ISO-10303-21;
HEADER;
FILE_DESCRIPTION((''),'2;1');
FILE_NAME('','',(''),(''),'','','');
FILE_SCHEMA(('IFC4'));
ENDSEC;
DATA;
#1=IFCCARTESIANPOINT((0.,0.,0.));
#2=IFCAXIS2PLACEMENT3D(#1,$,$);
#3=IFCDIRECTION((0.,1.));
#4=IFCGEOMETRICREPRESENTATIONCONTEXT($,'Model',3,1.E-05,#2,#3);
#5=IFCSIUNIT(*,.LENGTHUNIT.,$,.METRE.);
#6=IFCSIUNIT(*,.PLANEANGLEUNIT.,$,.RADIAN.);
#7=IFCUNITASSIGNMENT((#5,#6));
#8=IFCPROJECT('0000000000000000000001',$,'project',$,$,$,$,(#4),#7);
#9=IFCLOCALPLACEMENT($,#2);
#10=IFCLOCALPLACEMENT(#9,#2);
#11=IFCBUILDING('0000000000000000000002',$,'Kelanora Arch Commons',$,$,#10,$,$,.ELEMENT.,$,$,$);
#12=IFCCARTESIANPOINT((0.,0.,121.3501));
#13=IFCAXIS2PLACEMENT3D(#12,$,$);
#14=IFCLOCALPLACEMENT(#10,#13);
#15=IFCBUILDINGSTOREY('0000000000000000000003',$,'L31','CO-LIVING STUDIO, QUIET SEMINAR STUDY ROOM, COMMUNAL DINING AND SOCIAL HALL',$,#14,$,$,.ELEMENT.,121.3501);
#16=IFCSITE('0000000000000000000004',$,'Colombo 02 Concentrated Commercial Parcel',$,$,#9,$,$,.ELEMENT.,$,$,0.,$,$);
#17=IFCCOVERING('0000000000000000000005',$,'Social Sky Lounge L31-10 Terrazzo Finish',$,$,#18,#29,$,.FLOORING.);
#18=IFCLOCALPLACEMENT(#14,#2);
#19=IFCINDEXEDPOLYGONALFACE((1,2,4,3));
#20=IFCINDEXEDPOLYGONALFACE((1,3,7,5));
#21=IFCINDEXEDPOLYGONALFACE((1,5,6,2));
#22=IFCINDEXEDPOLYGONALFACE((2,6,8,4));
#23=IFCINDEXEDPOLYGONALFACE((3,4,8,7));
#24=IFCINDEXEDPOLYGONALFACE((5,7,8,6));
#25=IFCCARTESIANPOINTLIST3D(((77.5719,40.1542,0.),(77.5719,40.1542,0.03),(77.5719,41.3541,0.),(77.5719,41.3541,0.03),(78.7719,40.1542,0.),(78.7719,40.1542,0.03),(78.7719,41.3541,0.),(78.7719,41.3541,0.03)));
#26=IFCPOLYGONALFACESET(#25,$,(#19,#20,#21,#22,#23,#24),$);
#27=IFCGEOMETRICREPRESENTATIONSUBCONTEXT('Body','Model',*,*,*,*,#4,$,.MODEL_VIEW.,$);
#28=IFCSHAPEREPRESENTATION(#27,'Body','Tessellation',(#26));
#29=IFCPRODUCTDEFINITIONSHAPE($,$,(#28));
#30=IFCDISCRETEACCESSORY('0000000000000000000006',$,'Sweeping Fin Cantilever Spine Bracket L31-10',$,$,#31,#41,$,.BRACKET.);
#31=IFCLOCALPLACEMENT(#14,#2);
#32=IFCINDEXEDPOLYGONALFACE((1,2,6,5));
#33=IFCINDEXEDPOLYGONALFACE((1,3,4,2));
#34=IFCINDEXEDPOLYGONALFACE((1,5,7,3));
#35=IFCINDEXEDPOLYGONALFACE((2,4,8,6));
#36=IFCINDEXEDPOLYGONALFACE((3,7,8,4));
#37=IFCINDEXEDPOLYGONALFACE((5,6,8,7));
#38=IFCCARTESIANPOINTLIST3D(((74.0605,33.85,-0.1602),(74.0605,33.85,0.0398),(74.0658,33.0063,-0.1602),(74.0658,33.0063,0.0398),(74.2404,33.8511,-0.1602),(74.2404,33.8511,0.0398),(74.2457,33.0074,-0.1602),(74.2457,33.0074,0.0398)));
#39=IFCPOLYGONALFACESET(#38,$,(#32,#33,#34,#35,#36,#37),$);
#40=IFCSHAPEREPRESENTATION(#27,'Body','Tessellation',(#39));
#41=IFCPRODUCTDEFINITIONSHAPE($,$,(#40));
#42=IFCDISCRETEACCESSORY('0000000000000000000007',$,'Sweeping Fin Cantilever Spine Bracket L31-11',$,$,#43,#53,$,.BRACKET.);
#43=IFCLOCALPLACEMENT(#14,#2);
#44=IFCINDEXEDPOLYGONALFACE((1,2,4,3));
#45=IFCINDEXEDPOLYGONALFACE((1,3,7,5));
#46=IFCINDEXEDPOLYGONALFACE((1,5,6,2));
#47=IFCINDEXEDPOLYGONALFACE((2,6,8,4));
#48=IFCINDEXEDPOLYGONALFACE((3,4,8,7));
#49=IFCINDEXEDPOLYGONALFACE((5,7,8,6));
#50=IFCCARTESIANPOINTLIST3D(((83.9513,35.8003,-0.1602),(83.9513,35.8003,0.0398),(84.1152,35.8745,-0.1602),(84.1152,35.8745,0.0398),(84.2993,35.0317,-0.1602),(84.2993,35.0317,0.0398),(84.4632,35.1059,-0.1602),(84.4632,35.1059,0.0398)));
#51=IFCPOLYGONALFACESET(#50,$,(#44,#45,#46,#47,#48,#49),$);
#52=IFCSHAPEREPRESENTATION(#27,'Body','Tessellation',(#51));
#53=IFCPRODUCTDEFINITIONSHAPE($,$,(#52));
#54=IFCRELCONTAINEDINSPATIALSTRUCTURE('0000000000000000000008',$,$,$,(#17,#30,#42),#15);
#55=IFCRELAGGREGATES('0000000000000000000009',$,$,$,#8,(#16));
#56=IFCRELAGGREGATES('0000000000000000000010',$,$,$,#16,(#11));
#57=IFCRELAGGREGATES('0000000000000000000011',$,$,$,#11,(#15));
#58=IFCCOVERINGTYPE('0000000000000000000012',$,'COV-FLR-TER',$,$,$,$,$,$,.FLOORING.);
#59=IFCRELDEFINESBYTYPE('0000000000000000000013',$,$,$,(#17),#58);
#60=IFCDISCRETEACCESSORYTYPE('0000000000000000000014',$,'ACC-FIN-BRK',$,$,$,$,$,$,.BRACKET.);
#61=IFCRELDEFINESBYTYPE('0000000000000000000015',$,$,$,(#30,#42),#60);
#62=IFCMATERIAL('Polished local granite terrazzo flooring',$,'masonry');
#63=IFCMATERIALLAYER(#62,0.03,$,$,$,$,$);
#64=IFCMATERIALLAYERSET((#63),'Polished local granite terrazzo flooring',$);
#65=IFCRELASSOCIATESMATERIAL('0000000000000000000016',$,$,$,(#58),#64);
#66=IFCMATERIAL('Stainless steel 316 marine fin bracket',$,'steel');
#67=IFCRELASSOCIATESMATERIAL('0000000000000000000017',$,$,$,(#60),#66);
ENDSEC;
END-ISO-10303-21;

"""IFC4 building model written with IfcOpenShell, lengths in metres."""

from ifc_helpers import new_model, si_unit, direction, frame, origin, origin_2d, place, context, subcontext, project, spatial, rectangle, extrude, source, transform, mapped, material, layer, layer_set, type_object, element, save


model = new_model("IFC4")

# Units and contexts
model_context = context("Model", 3, precision=1e-05, world=origin(), true_north=direction((0.0, 1.0)))
body_context = subcontext(model_context, "Body", "Model", "MODEL_VIEW")
ifc_project = project(units=[si_unit("LENGTHUNIT", "METRE"), si_unit("PLANEANGLEUNIT", "RADIAN")], contexts=[model_context])

# Site, building, storey
site_placement = place(None, origin())
site = spatial("IfcSite", under=ifc_project, at=site_placement, Name="Colombo 02 Concentrated Commercial Parcel", CompositionType="ELEMENT", RefElevation=0.0)
building_placement = place(site_placement, origin())
building = spatial("IfcBuilding", under=site, at=building_placement, Name="Kelanora Arch Commons", CompositionType="ELEMENT")
storey_placement = place(building_placement, frame((0.0, 0.0, 121.3501)))
storey = spatial("IfcBuildingStorey", under=building, at=storey_placement, Name="L31", Description="CO-LIVING STUDIO, QUIET SEMINAR STUDY ROOM, COMMUNAL DINING AND SOCIAL HALL", CompositionType="ELEMENT", Elevation=121.3501)

# Covering
ifc_material_1 = material(Name="Polished local granite terrazzo flooring", Category="masonry")
ifc_layer_1 = layer(ifc_material_1, 0.03)
ifc_layer_set_1 = layer_set([ifc_layer_1], Name="Polished local granite terrazzo flooring")
covering_type = type_object("IfcCoveringType", Name="COV-FLR-TER", PredefinedType="FLOORING", material=ifc_layer_set_1)
shared_shape_1 = source(origin(), body_context, "Body", "SweptSolid", [
    extrude(rectangle(XDim=1.2, YDim=1.2, at=origin_2d()), origin(), (0.0, 0.0, 1.0), 0.03),
])
covering_placement = place(storey_placement, frame((78.1719, 40.7542, 0.0), z_axis=(0.0, 0.0, 1.0), x_axis=(1.0, 0.0, 0.0)))
element("IfcCovering", 1, at=covering_placement, inside=storey, type_object=covering_type, Name="Social Sky Lounge L31-10 Terrazzo Finish", PredefinedType="FLOORING", context=body_context, shape_type="MappedRepresentation", body=[
    mapped(shared_shape_1, transform((0.0, 0.0, 0.0), scale=1.0)),
])

# Discrete accessories
ifc_material_2 = material(Name="Stainless steel 316 marine fin bracket", Category="steel")
discrete_accessory_type = type_object("IfcDiscreteAccessoryType", Name="ACC-FIN-BRK", PredefinedType="BRACKET", material=ifc_material_2)
shared_shape_2 = source(origin(), body_context, "Body", "SweptSolid", [
    extrude(rectangle(XDim=0.8438, YDim=0.1799, at=origin_2d()), origin(), (0.0, 0.0, 1.0), 0.2),
])
for number, where, z_axis, x_axis, name in (
    (2, (74.1531, 33.4287, -0.1602), (0.0, 0.0, 1.0), (0.006283, -0.99998, 0.0), "Sweeping Fin Cantilever Spine Bracket L31-10"),
    (3, (84.2073, 35.4531, -0.1602), (0.0, 0.0, 1.0), (0.412469, -0.910972, 0.0), "Sweeping Fin Cantilever Spine Bracket L31-11"),
):
    element("IfcDiscreteAccessory", number, at=place(storey_placement, frame(where, z_axis=z_axis, x_axis=x_axis)), inside=storey, type_object=discrete_accessory_type, Name=name, PredefinedType="BRACKET", context=body_context, shape_type="MappedRepresentation", body=[
        mapped(shared_shape_2, transform((0.0, 0.0, 0.0), scale=1.0)),
    ])

save(model, "model.ifc")
